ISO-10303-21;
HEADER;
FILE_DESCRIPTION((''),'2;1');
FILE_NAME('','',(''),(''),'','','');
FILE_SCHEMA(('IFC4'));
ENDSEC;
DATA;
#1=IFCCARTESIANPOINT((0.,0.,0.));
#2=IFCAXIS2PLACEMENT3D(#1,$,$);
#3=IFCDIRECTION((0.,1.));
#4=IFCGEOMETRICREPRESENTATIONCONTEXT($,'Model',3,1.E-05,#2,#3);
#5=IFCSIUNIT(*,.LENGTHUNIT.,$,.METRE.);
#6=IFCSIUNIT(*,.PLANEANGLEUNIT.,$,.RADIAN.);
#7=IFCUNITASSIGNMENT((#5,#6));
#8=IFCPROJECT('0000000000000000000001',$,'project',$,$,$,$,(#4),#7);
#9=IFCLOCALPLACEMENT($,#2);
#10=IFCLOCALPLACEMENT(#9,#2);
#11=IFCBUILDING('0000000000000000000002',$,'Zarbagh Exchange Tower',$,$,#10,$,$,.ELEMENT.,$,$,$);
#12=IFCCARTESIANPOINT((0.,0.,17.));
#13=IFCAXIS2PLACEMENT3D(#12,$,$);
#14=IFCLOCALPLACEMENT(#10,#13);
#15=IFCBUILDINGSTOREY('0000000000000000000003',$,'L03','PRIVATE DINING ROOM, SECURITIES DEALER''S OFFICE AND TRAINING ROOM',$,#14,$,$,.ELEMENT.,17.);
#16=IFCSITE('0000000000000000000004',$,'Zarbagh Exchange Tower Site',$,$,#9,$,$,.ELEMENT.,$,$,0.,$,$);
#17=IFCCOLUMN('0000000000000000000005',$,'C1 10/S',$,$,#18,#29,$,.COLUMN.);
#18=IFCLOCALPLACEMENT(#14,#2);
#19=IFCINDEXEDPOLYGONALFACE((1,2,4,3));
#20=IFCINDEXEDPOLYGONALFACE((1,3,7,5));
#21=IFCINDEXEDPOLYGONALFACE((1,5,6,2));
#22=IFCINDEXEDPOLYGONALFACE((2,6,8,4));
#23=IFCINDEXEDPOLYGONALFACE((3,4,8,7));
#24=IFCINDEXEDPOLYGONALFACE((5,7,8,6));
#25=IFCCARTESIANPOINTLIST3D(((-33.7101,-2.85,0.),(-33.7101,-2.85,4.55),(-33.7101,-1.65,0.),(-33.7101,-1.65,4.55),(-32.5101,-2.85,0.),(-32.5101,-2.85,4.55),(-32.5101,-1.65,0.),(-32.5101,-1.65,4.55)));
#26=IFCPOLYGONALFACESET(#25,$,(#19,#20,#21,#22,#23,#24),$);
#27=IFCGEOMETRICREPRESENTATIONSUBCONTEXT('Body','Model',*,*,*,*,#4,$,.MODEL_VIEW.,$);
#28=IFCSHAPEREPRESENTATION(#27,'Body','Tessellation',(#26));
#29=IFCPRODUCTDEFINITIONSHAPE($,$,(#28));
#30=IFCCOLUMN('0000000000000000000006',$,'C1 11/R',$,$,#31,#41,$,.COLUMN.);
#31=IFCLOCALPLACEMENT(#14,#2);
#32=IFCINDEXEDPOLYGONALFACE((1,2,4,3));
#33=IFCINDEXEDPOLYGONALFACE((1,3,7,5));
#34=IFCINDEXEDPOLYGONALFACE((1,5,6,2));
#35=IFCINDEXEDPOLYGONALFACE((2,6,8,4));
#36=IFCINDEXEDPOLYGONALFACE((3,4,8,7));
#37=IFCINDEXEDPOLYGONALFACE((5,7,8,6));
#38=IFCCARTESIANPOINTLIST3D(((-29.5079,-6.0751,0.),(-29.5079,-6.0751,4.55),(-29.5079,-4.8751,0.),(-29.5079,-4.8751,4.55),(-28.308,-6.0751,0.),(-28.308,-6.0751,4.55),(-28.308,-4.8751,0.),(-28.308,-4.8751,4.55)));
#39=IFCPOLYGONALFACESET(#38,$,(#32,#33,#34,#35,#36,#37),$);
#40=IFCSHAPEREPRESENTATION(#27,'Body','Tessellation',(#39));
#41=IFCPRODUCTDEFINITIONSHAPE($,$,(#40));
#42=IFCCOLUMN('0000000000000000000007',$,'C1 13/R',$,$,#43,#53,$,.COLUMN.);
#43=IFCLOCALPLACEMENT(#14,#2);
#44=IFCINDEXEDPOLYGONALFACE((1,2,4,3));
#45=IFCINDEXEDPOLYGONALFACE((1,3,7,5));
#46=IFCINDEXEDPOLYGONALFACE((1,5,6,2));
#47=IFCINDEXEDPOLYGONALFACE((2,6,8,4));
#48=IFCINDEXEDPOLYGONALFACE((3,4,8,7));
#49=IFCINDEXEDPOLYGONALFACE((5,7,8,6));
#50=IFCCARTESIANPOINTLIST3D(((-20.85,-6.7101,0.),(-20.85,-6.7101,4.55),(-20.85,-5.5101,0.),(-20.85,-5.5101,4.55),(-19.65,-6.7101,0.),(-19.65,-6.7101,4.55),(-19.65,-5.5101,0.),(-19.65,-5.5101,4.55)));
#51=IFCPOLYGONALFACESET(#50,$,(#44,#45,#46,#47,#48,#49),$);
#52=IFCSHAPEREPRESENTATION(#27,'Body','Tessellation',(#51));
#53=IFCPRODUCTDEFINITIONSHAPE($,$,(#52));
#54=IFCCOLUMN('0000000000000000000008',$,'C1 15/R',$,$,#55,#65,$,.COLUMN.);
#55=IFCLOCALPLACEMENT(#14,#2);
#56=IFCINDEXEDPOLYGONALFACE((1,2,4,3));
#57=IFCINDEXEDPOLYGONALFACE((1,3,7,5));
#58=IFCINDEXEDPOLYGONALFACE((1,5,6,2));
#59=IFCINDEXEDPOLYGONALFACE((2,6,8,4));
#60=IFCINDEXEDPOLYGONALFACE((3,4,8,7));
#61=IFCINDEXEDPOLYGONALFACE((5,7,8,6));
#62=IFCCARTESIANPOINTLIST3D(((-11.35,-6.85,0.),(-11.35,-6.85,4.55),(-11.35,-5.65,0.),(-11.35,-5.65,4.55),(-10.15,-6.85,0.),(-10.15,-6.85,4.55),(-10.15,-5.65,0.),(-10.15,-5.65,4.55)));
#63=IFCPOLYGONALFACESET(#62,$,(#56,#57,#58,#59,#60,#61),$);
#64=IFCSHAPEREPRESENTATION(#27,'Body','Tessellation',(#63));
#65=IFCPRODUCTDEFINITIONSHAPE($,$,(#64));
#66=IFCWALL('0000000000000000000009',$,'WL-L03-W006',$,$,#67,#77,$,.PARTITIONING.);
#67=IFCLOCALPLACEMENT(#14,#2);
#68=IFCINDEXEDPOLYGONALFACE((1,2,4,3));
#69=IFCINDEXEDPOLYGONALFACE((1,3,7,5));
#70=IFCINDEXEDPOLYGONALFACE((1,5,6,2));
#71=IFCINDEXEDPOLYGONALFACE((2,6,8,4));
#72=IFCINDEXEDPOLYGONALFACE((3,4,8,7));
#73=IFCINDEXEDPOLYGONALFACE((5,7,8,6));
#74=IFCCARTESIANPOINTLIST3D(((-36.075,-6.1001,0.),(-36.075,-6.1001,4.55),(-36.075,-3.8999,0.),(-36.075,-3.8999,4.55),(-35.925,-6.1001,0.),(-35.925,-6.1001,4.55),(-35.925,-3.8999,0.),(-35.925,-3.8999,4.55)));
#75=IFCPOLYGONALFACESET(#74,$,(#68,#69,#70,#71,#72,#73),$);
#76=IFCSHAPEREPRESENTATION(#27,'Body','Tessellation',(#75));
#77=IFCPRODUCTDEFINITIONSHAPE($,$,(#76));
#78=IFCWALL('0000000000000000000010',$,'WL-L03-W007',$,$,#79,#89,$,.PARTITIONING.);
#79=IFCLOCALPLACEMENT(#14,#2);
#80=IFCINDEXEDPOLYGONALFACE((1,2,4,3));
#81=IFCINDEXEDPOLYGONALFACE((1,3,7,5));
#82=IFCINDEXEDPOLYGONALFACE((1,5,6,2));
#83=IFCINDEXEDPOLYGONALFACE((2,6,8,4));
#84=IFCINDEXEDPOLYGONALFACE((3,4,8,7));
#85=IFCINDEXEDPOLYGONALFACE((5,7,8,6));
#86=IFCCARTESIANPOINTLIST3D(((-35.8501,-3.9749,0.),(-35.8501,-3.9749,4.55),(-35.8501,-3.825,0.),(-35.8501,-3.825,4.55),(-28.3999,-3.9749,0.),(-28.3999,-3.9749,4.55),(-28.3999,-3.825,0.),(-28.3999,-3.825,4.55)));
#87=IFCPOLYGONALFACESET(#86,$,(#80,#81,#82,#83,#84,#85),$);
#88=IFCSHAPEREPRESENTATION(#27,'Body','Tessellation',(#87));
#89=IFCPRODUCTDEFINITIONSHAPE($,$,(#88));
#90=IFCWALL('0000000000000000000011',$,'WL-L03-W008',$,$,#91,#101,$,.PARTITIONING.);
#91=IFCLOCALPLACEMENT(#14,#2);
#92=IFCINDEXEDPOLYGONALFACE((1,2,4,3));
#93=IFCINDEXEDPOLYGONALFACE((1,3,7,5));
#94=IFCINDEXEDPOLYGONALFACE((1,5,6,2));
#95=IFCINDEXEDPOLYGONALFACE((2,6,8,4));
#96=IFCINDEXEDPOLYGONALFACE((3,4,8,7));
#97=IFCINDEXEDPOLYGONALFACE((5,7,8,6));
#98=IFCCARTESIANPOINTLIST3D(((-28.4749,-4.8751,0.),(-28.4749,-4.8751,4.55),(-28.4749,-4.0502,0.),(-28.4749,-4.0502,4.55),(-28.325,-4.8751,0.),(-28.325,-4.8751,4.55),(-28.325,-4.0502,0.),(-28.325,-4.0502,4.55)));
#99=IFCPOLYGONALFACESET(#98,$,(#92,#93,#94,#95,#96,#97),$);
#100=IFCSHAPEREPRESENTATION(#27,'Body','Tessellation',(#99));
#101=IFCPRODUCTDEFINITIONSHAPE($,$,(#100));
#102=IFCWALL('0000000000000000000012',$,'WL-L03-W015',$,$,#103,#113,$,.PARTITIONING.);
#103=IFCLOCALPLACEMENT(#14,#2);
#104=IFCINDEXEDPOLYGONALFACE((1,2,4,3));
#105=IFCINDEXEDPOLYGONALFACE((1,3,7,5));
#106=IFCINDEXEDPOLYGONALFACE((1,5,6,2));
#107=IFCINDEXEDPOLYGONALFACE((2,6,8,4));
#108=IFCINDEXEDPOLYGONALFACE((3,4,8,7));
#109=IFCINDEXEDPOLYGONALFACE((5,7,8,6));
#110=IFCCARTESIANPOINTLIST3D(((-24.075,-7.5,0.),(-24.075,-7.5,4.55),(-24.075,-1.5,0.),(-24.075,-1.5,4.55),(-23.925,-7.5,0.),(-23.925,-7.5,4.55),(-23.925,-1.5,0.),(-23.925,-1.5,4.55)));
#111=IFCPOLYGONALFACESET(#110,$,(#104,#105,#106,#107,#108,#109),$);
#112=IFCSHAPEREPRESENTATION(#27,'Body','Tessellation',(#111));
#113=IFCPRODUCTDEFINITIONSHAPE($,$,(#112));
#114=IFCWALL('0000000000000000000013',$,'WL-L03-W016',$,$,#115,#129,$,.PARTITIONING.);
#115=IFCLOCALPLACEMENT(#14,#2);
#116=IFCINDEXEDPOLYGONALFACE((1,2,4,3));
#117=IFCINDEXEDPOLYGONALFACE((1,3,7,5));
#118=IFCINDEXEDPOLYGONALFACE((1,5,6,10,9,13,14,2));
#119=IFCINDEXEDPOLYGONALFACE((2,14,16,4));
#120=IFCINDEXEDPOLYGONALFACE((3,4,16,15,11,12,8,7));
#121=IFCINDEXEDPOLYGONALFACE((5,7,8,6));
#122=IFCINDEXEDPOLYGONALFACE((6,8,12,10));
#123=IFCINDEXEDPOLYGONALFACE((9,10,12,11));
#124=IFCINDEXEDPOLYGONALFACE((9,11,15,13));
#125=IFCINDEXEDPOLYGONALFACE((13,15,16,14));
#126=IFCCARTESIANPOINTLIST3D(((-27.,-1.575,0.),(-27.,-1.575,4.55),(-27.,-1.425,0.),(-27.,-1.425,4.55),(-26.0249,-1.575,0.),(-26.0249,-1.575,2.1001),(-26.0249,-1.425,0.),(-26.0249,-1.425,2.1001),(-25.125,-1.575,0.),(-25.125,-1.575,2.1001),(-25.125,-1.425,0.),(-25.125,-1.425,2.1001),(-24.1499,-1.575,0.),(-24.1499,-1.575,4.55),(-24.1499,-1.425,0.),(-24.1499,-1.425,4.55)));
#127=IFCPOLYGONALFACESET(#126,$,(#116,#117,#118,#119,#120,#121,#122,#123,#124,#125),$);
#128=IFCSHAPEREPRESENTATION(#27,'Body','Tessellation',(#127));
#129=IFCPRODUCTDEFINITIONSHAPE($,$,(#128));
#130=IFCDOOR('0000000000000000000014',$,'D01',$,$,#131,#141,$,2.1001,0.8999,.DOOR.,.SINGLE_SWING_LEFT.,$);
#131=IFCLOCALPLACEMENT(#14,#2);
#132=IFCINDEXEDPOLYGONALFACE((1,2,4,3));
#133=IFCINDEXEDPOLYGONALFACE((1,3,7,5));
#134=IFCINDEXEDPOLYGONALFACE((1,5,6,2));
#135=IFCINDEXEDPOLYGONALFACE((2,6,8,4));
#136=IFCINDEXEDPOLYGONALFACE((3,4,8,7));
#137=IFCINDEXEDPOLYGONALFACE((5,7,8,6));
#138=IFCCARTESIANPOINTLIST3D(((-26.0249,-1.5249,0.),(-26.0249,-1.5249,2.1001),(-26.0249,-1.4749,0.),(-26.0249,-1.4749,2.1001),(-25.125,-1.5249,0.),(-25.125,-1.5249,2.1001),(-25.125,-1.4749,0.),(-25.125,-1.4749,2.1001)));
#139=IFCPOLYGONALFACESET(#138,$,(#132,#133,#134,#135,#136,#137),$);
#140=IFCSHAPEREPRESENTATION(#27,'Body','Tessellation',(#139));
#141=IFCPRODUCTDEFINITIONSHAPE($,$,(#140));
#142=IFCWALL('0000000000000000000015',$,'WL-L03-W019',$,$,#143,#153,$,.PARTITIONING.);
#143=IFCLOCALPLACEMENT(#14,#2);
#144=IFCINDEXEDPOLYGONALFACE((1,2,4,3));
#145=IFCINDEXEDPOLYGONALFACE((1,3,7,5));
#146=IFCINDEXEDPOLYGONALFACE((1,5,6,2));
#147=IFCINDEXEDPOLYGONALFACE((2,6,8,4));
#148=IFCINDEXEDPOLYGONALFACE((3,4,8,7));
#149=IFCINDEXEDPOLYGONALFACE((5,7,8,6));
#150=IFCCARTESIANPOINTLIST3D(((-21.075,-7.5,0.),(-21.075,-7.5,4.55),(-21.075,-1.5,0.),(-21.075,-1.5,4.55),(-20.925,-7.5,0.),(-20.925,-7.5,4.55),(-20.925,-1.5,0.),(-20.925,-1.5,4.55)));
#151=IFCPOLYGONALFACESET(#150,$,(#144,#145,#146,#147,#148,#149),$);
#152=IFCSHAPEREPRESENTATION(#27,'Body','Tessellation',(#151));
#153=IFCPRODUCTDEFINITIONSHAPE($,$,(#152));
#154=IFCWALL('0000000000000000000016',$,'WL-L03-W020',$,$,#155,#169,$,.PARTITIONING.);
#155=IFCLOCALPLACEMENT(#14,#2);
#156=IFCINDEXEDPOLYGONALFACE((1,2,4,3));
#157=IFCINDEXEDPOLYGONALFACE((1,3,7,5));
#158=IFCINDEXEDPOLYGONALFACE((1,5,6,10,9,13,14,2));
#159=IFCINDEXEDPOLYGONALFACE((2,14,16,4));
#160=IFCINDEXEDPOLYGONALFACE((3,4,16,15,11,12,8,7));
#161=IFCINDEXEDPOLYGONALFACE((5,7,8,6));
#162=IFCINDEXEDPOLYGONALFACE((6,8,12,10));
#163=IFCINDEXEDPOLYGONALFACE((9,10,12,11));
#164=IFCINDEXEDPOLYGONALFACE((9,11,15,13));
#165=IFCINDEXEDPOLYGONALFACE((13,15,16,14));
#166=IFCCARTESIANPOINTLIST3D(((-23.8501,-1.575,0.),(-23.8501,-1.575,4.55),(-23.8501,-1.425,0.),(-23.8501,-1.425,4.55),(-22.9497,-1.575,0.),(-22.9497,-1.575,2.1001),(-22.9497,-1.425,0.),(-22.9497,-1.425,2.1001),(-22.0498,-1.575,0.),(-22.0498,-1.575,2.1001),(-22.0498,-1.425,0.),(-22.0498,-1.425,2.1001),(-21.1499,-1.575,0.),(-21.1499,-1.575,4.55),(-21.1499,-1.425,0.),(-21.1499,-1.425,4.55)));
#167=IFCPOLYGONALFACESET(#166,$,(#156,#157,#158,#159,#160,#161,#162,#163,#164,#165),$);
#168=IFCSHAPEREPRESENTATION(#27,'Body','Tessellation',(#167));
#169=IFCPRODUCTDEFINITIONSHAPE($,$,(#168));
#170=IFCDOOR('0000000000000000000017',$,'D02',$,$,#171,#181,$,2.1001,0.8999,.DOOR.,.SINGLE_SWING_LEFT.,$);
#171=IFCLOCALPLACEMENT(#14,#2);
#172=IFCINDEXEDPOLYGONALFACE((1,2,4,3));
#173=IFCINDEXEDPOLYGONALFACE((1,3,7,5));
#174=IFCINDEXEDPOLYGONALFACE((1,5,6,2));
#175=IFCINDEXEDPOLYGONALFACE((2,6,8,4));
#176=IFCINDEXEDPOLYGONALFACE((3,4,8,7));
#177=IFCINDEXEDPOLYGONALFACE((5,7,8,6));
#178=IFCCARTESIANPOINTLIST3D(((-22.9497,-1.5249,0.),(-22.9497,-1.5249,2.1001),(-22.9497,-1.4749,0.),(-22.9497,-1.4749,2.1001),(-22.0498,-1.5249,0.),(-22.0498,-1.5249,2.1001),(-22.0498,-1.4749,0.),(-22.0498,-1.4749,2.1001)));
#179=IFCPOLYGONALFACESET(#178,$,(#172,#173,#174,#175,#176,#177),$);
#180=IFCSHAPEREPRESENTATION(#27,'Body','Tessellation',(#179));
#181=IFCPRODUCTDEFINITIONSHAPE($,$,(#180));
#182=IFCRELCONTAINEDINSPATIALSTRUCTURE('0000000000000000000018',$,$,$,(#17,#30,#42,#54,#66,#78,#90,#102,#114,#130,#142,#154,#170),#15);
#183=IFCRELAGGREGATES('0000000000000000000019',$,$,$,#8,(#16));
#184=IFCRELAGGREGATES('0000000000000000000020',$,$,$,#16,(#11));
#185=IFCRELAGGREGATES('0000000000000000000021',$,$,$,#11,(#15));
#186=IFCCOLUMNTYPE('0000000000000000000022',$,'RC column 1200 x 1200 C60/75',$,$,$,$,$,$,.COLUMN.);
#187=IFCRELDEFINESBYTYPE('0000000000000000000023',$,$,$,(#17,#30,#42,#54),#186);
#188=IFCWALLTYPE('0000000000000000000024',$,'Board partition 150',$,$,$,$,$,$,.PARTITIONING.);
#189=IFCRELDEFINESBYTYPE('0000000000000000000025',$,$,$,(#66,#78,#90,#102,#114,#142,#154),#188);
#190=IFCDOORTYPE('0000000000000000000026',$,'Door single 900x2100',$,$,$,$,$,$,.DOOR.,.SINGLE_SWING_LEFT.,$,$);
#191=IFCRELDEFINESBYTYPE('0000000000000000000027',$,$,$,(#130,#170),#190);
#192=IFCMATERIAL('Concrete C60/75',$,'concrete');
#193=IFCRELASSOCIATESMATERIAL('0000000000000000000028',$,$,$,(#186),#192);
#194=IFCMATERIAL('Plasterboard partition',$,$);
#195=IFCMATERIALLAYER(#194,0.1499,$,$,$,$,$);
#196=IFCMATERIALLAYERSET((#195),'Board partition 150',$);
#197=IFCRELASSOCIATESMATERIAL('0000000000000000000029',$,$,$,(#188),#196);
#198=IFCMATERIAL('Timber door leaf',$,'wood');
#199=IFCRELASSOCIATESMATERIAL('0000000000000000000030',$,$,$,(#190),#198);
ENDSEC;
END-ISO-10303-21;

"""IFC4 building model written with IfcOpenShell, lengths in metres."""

from ifc_helpers import new_model, si_unit, direction, frame, frame_2d, origin, origin_2d, place, context, subcontext, project, spatial, rectangle, extrude, material, layer, layer_set, material_profile, profile_set, type_object, element, fill, save


model = new_model("IFC4")

# Units and contexts
model_context = context("Model", 3, precision=1e-05, world=origin(), true_north=direction((0.0, 1.0)))
body_context = subcontext(model_context, "Body", "Model", "MODEL_VIEW")
ifc_project = project(units=[si_unit("LENGTHUNIT", "METRE"), si_unit("PLANEANGLEUNIT", "RADIAN")], contexts=[model_context])

# Site, building, storey
site_placement = place(None, origin())
site = spatial("IfcSite", under=ifc_project, at=site_placement, Name="Zarbagh Exchange Tower Site", CompositionType="ELEMENT", RefElevation=0.0)
building_placement = place(site_placement, origin())
building = spatial("IfcBuilding", under=site, at=building_placement, Name="Zarbagh Exchange Tower", CompositionType="ELEMENT")
storey_placement = place(building_placement, frame((0.0, 0.0, 17.0)))
storey = spatial("IfcBuildingStorey", under=building, at=storey_placement, Name="L03", Description="PRIVATE DINING ROOM, SECURITIES DEALER'S OFFICE AND TRAINING ROOM", CompositionType="ELEMENT", Elevation=17.0)

# Columns
ifc_material_1 = material(Name="Concrete C60/75", Category="concrete")
ifc_material_profile = material_profile(ifc_material_1, rectangle(XDim=1.2, YDim=1.2, at=origin_2d()), Name="RC column 1200 x 1200 C60/75")
ifc_profile_set = profile_set([ifc_material_profile], Name="Concrete C60/75")
column_type = type_object("IfcColumnType", Name="RC column 1200 x 1200 C60/75", PredefinedType="COLUMN", material=ifc_profile_set)
for number, where, z_axis, x_axis, name in (
    (1, (-33.1101, -2.25, 0.0), (0.0, 0.0, 1.0), (1.0, 0.0, 0.0), "C1 10/S"),
    (2, (-28.908, -5.4751, 0.0), (0.0, 0.0, 1.0), (1.0, 0.0, 0.0), "C1 11/R"),
    (3, (-20.25, -6.1101, 0.0), (0.0, 0.0, 1.0), (1.0, 0.0, 0.0), "C1 13/R"),
    (4, (-10.75, -6.25, 0.0), (0.0, 0.0, 1.0), (1.0, 0.0, 0.0), "C1 15/R"),
):
    element("IfcColumn", number, at=place(storey_placement, frame(where, z_axis=z_axis, x_axis=x_axis)), inside=storey, type_object=column_type, Name=name, PredefinedType="COLUMN", context=body_context, shape_type="SweptSolid", body=[
        extrude(rectangle(XDim=1.2, YDim=1.2, at=origin_2d()), origin(), (0.0, 0.0, 1.0), 4.55),
    ])

# Walls
ifc_material_2 = material(Name="Plasterboard partition")
ifc_layer_1 = layer(ifc_material_2, 0.1499)
ifc_layer_set_1 = layer_set([ifc_layer_1], Name="Board partition 150")
wall_type_1 = type_object("IfcWallType", Name="Board partition 150", PredefinedType="PARTITIONING", material=ifc_layer_set_1)
wall_1_placement = place(storey_placement, frame((-36.0, -6.1001, 0.0), z_axis=(0.0, 0.0, 1.0), x_axis=(0.0, 1.0, 0.0)))
element("IfcWall", 5, at=wall_1_placement, inside=storey, type_object=wall_type_1, Name="WL-L03-W006", PredefinedType="PARTITIONING", context=body_context, shape_type="SweptSolid", body=[
    extrude(rectangle(XDim=2.2002, YDim=0.1499, at=frame_2d((1.1001, 0.0))), origin(), (0.0, 0.0, 1.0), 4.55),
])
wall_2_placement = place(storey_placement, frame((-35.8501, -3.8999, 0.0), z_axis=(0.0, 0.0, 1.0), x_axis=(1.0, 0.0, 0.0)))
element("IfcWall", 6, at=wall_2_placement, inside=storey, type_object=wall_type_1, Name="WL-L03-W007", PredefinedType="PARTITIONING", context=body_context, shape_type="SweptSolid", body=[
    extrude(rectangle(XDim=7.4502, YDim=0.1499, at=frame_2d((3.7251, 0.0))), origin(), (0.0, 0.0, 1.0), 4.55),
])
wall_3_placement = place(storey_placement, frame((-28.3999, -4.05, 0.0), z_axis=(0.0, 0.0, 1.0), x_axis=(0.0, -1.0, 0.0)))
element("IfcWall", 7, at=wall_3_placement, inside=storey, type_object=wall_type_1, Name="WL-L03-W008", PredefinedType="PARTITIONING", context=body_context, shape_type="SweptSolid", body=[
    extrude(rectangle(XDim=0.825, YDim=0.1499, at=frame_2d((0.4126, 0.0))), origin(), (0.0, 0.0, 1.0), 4.55),
])
wall_4_placement = place(storey_placement, frame((-24.0, -1.5, 0.0), z_axis=(0.0, 0.0, 1.0), x_axis=(0.0, -1.0, 0.0)))
element("IfcWall", 8, at=wall_4_placement, inside=storey, type_object=wall_type_1, Name="WL-L03-W015", PredefinedType="PARTITIONING", context=body_context, shape_type="SweptSolid", body=[
    extrude(rectangle(XDim=6.0, YDim=0.1499, at=frame_2d((3.0, 0.0))), origin(), (0.0, 0.0, 1.0), 4.55),
])

# Wall, opening, door
wall_5_placement = place(storey_placement, frame((-24.1499, -1.5, 0.0), z_axis=(0.0, 0.0, 1.0), x_axis=(-1.0, 0.0, 0.0)))
wall_5 = element("IfcWall", 9, at=wall_5_placement, inside=storey, type_object=wall_type_1, Name="WL-L03-W016", PredefinedType="PARTITIONING", context=body_context, shape_type="SweptSolid", body=[
    extrude(rectangle(XDim=2.8501, YDim=0.1499, at=frame_2d((1.425, 0.0))), origin(), (0.0, 0.0, 1.0), 4.55),
])
opening_1_placement = place(wall_5_placement, frame((0.9751, 0.0, 0.0)))
opening_1 = element("IfcOpeningElement", 10, at=opening_1_placement, cuts=wall_5, PredefinedType="OPENING", context=body_context, shape_type="SweptSolid", body=[
    extrude(rectangle(XDim=0.8999, YDim=2.1001, at=frame_2d((0.45, 1.05))), frame((0.0, 0.085, 0.0), z_axis=(0.0, -1.0, 0.0), x_axis=(1.0, 0.0, 0.0)), (0.0, 0.0, 1.0), 0.1699),
])
ifc_material_3 = material(Name="Timber door leaf", Category="wood")
door_type_1 = type_object("IfcDoorType", Name="Door single 900x2100", OperationType="SINGLE_SWING_LEFT", PredefinedType="DOOR", material=ifc_material_3)
door_1_placement = place(opening_1_placement, origin())
door_1 = element("IfcDoor", 11, at=door_1_placement, inside=storey, type_object=door_type_1, Name="D01", OperationType="SINGLE_SWING_LEFT", OverallHeight=2.1001, OverallWidth=0.8999, PredefinedType="DOOR", context=body_context, shape_type="SweptSolid", body=[
    extrude(rectangle(XDim=0.8999, YDim=2.1001, at=frame_2d((0.45, 1.05))), frame((0.0, 0.0249, 0.0), z_axis=(0.0, -1.0, 0.0), x_axis=(1.0, 0.0, 0.0)), (0.0, 0.0, 1.0), 0.05),
])
fill(opening_1, door_1)

# Wall
wall_6_placement = place(storey_placement, frame((-21.0, -1.5, 0.0), z_axis=(0.0, 0.0, 1.0), x_axis=(0.0, -1.0, 0.0)))
element("IfcWall", 12, at=wall_6_placement, inside=storey, type_object=wall_type_1, Name="WL-L03-W019", PredefinedType="PARTITIONING", context=body_context, shape_type="SweptSolid", body=[
    extrude(rectangle(XDim=6.0, YDim=0.1499, at=frame_2d((3.0, 0.0))), origin(), (0.0, 0.0, 1.0), 4.55),
])

# Wall, opening, door
wall_7_placement = place(storey_placement, frame((-21.1499, -1.5, 0.0), z_axis=(0.0, 0.0, 1.0), x_axis=(-1.0, 0.0, 0.0)))
wall_7 = element("IfcWall", 13, at=wall_7_placement, inside=storey, type_object=wall_type_1, Name="WL-L03-W020", PredefinedType="PARTITIONING", context=body_context, shape_type="SweptSolid", body=[
    extrude(rectangle(XDim=2.7002, YDim=0.1499, at=frame_2d((1.3501, 0.0))), origin(), (0.0, 0.0, 1.0), 4.55),
])
opening_2_placement = place(wall_7_placement, frame((0.8999, 0.0, 0.0)))
opening_2 = element("IfcOpeningElement", 14, at=opening_2_placement, cuts=wall_7, PredefinedType="OPENING", context=body_context, shape_type="SweptSolid", body=[
    extrude(rectangle(XDim=0.8999, YDim=2.1001, at=frame_2d((0.45, 1.05))), frame((0.0, 0.085, 0.0), z_axis=(0.0, -1.0, 0.0), x_axis=(1.0, 0.0, 0.0)), (0.0, 0.0, 1.0), 0.1699),
])
door_2_placement = place(opening_2_placement, origin())
door_2 = element("IfcDoor", 15, at=door_2_placement, inside=storey, type_object=door_type_1, Name="D02", OperationType="SINGLE_SWING_LEFT", OverallHeight=2.1001, OverallWidth=0.8999, PredefinedType="DOOR", context=body_context, shape_type="SweptSolid", body=[
    extrude(rectangle(XDim=0.8999, YDim=2.1001, at=frame_2d((0.45, 1.05))), frame((0.0, 0.0249, 0.0), z_axis=(0.0, -1.0, 0.0), x_axis=(1.0, 0.0, 0.0)), (0.0, 0.0, 1.0), 0.05),
])
fill(opening_2, door_2)

save(model, "model.ifc")
